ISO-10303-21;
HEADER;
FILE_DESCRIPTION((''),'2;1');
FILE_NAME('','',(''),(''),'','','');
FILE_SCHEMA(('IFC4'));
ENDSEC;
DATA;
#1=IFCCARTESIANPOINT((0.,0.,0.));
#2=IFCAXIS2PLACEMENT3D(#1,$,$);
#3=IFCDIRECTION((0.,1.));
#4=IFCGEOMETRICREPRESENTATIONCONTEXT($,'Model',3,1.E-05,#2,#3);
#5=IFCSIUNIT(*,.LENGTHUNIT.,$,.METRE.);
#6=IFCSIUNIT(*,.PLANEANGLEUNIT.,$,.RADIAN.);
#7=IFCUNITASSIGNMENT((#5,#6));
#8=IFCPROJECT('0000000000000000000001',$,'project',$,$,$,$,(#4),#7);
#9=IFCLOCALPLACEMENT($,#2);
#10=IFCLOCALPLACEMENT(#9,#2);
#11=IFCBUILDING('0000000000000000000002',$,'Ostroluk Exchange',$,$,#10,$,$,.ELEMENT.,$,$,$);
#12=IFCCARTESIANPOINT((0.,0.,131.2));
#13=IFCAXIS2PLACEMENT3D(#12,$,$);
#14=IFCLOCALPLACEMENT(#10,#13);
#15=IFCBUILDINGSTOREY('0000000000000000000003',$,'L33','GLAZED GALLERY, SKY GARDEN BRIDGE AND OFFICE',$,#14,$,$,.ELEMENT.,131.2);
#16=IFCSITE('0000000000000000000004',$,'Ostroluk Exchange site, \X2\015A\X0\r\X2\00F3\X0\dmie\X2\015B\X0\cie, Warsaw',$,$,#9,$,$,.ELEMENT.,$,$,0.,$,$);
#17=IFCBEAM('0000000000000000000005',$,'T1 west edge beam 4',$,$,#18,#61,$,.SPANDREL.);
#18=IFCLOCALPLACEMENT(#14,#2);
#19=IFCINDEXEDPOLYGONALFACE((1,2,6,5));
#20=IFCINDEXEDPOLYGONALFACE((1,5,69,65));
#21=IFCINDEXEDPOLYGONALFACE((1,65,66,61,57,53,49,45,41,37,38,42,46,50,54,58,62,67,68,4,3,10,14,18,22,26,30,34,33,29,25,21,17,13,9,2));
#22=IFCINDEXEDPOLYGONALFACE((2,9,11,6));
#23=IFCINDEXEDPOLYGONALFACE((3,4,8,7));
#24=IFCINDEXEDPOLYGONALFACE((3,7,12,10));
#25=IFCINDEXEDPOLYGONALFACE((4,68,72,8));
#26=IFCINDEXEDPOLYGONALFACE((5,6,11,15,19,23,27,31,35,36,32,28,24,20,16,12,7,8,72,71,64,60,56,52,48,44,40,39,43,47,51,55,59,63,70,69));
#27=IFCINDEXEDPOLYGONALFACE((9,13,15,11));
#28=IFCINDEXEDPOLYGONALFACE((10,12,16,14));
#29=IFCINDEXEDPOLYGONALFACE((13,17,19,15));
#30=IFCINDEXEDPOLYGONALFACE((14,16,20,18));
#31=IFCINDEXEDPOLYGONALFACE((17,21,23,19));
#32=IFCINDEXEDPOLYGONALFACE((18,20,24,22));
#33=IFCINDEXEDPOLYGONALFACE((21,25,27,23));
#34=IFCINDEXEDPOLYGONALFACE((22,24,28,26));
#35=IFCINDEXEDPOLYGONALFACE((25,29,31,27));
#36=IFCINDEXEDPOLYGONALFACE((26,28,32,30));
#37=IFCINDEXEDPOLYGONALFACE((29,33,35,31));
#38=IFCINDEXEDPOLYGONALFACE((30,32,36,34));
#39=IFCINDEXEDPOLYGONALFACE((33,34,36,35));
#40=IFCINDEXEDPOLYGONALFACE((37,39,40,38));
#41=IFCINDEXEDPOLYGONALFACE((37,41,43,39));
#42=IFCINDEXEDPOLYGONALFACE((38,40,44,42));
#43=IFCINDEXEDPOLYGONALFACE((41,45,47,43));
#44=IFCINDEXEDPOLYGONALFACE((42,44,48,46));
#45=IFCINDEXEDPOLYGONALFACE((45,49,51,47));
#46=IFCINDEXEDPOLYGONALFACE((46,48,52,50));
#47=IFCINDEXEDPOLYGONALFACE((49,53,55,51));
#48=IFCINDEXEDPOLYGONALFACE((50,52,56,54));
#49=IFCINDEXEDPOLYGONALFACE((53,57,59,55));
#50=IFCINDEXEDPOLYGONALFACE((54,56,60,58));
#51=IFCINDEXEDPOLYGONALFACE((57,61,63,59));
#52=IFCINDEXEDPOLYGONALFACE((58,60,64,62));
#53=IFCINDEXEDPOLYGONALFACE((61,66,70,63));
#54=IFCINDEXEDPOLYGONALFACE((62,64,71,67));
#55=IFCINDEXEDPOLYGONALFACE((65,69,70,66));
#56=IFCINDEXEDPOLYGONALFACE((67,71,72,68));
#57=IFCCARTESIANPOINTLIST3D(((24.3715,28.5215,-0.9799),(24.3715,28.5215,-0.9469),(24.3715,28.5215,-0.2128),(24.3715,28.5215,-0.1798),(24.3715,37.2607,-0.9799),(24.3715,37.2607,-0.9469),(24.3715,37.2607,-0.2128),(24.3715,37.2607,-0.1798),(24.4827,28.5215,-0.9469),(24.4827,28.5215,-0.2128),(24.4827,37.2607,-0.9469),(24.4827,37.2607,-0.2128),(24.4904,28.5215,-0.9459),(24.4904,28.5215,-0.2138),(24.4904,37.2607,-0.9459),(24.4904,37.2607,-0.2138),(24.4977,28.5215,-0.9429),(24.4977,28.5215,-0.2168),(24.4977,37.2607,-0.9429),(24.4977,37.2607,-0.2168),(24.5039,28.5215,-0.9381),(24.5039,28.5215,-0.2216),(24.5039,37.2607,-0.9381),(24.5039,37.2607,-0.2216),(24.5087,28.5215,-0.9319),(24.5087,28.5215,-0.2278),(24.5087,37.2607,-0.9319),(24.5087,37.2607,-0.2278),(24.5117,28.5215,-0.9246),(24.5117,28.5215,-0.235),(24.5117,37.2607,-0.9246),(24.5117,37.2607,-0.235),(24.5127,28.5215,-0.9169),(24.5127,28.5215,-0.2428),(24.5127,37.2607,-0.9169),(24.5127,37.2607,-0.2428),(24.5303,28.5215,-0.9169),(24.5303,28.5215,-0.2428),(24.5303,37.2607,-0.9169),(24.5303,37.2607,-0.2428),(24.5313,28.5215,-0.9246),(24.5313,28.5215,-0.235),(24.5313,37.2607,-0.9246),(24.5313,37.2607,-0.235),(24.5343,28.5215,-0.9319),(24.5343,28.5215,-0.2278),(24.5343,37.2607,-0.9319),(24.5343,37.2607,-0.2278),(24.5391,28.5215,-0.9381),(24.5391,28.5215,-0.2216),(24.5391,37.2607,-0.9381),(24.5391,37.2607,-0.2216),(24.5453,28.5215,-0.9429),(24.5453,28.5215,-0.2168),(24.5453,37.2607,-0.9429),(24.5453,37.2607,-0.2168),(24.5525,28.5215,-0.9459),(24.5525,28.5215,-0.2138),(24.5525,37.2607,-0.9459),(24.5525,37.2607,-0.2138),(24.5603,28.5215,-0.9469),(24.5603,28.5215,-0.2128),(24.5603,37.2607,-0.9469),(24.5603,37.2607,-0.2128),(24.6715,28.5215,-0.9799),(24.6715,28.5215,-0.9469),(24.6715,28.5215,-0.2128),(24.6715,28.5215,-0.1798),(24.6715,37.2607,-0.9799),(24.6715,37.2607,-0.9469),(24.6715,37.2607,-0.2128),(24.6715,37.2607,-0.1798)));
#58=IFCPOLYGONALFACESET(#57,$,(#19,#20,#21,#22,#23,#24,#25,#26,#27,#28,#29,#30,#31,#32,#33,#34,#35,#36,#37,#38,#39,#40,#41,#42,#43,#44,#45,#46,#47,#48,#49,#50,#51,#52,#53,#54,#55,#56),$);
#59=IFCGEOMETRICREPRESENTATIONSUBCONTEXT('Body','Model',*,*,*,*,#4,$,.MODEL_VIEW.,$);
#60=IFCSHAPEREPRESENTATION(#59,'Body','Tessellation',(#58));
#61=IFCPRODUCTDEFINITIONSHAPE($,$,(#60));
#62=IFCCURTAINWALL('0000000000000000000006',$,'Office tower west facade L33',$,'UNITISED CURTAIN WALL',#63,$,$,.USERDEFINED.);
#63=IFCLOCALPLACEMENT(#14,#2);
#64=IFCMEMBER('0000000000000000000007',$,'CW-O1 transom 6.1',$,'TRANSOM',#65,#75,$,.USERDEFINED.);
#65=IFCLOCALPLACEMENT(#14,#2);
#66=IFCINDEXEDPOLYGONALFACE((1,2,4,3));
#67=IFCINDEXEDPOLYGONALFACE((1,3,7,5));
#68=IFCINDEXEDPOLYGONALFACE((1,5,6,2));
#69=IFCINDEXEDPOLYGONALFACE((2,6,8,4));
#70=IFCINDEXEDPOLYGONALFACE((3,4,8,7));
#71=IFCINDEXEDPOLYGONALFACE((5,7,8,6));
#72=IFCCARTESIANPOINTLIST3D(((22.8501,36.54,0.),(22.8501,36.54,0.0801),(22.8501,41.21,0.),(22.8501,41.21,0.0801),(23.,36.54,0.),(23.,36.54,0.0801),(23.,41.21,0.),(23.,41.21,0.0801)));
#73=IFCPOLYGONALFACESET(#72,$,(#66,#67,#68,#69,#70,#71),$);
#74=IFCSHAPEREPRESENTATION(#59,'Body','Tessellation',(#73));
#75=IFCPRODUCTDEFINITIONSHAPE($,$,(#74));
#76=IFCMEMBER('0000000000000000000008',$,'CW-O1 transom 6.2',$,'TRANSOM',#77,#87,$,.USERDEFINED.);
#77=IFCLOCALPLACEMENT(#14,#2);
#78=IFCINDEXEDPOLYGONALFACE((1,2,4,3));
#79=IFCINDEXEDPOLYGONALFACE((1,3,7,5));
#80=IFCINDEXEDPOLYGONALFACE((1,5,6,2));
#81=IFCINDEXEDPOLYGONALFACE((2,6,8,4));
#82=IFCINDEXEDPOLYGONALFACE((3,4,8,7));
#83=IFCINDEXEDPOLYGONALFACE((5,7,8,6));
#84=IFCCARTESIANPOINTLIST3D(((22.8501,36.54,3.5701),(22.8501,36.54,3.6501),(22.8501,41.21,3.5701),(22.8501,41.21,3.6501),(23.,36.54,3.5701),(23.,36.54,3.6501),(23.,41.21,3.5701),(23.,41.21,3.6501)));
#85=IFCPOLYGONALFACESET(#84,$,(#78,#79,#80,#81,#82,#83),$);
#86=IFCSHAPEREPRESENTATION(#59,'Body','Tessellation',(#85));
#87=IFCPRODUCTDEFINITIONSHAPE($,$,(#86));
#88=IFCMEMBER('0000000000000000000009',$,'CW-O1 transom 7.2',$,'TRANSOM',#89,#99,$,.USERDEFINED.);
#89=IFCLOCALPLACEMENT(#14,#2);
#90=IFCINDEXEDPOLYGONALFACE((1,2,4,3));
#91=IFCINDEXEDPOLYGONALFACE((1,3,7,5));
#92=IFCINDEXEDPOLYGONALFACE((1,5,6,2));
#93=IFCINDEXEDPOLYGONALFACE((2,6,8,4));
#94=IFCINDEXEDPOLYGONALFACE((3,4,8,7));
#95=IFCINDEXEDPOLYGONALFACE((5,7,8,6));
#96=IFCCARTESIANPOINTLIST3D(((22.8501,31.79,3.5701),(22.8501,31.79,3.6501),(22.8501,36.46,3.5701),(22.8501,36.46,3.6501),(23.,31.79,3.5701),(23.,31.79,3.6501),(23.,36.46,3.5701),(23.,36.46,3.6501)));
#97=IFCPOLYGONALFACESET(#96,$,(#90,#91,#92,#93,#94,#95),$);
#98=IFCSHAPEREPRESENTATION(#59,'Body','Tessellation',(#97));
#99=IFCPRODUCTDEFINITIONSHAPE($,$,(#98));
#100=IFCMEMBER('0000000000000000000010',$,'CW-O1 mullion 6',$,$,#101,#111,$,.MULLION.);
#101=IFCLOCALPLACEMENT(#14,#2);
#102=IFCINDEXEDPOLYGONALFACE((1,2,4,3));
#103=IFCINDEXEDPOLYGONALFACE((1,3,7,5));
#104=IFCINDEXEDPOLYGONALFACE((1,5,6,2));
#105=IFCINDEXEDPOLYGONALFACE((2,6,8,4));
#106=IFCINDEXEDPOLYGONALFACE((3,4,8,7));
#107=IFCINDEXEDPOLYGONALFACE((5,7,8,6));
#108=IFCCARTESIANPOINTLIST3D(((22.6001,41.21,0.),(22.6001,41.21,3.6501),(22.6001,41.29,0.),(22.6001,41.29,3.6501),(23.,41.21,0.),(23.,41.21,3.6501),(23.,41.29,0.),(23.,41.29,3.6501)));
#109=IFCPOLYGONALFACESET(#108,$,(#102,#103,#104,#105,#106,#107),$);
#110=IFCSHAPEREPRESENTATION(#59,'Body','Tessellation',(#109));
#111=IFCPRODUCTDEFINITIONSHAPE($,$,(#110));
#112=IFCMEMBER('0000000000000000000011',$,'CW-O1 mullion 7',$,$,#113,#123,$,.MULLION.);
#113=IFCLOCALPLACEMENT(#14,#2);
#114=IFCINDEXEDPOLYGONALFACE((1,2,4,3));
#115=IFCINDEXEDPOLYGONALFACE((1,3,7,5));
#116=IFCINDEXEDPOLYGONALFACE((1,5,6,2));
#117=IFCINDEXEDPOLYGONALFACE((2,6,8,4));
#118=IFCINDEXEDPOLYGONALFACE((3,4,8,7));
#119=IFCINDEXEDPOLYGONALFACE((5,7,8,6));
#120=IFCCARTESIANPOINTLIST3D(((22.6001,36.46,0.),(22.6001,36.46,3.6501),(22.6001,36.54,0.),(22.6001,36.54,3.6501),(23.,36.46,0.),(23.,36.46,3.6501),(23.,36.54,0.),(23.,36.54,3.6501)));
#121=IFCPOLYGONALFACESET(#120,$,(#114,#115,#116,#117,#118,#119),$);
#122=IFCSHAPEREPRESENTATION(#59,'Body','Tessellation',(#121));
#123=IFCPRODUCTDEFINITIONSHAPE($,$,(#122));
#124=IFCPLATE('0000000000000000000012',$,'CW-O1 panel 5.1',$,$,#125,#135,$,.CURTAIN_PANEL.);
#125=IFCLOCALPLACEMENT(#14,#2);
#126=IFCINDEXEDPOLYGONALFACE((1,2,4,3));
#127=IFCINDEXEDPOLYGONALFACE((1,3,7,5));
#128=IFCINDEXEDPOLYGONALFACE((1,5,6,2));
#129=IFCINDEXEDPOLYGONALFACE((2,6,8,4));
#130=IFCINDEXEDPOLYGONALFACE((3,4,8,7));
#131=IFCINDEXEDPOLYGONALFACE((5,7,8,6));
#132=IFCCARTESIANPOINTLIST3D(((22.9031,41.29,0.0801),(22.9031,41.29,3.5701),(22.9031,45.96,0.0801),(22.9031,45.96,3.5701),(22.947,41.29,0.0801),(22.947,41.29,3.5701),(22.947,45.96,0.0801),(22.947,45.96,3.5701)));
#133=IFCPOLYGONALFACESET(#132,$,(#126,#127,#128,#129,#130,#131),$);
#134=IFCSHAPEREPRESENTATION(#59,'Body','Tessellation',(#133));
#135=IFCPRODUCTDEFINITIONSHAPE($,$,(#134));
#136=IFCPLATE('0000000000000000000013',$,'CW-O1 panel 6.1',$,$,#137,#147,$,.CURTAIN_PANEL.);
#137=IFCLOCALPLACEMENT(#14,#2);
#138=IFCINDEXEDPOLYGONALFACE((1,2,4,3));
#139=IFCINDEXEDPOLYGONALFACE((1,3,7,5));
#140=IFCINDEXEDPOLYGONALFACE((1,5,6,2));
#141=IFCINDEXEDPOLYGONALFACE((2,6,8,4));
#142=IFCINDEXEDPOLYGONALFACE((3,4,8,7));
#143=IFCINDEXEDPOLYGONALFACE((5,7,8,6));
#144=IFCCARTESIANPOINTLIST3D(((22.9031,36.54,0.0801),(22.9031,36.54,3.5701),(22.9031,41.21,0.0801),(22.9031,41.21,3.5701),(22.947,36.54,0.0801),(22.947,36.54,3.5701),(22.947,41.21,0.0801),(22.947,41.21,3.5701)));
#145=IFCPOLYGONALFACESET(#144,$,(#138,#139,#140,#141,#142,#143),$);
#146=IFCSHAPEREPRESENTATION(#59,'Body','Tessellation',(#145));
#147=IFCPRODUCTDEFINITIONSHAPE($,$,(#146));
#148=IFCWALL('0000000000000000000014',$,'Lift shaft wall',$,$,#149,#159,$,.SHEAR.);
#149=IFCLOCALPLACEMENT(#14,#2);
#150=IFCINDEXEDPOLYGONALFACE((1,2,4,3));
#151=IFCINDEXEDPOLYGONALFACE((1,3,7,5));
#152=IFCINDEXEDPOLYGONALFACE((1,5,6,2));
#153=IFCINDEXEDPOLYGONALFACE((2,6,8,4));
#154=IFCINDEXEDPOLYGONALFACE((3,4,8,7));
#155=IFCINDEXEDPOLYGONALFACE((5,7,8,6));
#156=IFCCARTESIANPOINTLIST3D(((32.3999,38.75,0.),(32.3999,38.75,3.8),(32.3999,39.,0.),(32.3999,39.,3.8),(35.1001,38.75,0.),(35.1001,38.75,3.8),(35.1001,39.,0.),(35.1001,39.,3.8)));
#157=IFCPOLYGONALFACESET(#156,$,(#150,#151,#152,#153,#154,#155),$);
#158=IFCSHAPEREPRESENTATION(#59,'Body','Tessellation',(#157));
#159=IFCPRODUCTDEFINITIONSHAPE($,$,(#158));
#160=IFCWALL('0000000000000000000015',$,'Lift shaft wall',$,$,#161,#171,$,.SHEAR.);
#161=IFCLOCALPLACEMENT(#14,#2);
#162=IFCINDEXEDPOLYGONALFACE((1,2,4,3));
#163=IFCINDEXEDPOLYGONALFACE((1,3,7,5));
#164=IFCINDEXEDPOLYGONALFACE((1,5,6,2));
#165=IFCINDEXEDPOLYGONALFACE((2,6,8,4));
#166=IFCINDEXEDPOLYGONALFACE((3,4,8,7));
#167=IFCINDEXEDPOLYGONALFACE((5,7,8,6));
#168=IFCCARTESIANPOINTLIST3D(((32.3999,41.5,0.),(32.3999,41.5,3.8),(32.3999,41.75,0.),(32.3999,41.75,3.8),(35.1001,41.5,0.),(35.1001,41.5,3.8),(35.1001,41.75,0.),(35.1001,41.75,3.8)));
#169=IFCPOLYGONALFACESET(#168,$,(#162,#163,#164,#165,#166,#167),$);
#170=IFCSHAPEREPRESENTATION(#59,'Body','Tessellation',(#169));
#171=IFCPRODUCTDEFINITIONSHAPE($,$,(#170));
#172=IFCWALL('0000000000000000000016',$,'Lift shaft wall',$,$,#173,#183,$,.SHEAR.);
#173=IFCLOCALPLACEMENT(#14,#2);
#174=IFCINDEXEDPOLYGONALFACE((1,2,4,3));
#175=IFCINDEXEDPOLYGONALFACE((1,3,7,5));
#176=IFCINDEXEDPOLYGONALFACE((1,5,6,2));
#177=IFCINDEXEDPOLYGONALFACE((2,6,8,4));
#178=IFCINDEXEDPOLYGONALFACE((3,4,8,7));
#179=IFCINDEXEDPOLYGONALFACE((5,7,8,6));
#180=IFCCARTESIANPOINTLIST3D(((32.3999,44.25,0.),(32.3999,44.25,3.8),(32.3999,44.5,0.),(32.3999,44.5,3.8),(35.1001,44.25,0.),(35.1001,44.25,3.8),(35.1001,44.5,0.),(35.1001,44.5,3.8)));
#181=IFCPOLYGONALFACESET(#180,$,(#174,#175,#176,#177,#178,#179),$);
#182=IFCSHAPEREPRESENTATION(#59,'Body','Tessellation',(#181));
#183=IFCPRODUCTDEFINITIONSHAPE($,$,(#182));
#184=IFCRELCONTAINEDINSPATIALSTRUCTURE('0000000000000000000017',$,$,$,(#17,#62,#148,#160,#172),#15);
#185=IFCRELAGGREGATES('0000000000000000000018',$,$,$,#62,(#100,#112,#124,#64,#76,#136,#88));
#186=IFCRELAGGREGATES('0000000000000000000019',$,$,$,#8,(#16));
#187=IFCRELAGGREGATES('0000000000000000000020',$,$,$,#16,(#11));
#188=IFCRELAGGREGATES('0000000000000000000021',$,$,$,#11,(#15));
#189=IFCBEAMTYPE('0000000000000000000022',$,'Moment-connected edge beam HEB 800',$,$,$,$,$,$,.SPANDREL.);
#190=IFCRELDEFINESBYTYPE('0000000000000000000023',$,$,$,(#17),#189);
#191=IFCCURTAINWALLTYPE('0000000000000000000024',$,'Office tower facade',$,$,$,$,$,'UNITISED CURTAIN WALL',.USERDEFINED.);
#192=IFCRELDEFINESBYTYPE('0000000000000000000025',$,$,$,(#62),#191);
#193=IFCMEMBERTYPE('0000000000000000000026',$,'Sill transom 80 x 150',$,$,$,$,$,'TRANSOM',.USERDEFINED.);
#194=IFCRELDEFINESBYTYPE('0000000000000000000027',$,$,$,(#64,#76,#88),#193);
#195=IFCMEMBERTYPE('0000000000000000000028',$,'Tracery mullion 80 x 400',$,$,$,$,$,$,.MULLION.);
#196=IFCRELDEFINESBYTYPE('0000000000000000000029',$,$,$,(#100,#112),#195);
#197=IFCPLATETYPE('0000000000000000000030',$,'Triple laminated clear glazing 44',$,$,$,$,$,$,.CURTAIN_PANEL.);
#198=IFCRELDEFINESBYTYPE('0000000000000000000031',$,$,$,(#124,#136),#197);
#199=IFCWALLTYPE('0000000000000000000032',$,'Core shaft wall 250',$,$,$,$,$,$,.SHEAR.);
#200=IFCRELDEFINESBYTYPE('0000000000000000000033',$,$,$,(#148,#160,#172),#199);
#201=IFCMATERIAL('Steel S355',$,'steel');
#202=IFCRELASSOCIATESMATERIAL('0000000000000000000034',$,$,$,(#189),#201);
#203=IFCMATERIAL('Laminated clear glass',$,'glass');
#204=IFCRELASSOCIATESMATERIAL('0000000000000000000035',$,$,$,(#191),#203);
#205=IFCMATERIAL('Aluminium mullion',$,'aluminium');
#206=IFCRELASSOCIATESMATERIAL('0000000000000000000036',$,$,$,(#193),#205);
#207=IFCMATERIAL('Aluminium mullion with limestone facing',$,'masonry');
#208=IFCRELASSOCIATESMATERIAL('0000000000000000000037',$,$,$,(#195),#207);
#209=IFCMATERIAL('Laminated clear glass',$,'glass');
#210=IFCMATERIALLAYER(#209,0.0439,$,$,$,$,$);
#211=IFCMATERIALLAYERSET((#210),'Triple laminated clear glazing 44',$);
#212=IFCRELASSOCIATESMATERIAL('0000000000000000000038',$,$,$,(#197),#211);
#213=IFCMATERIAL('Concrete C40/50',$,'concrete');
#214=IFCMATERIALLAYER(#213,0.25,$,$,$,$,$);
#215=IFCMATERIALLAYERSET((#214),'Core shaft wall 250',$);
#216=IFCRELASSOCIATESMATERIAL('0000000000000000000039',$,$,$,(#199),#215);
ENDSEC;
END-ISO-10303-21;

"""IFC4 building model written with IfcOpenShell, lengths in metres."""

from ifc_helpers import new_model, si_unit, direction, frame, frame_2d, origin, origin_2d, place, context, subcontext, project, spatial, rectangle, i_section, extrude, material, layer, layer_set, material_profile, profile_set, type_object, element, aggregate, save


model = new_model("IFC4")

# Units and contexts
model_context = context("Model", 3, precision=1e-05, world=origin(), true_north=direction((0.0, 1.0)))
body_context = subcontext(model_context, "Body", "Model", "MODEL_VIEW")
ifc_project = project(units=[si_unit("LENGTHUNIT", "METRE"), si_unit("PLANEANGLEUNIT", "RADIAN")], contexts=[model_context])

# Site, building, storey
site_placement = place(None, origin())
site = spatial("IfcSite", under=ifc_project, at=site_placement, Name="Ostroluk Exchange site, Śródmieście, Warsaw", CompositionType="ELEMENT", RefElevation=0.0)
building_placement = place(site_placement, origin())
building = spatial("IfcBuilding", under=site, at=building_placement, Name="Ostroluk Exchange", CompositionType="ELEMENT")
storey_placement = place(building_placement, frame((0.0, 0.0, 131.2)))
storey = spatial("IfcBuildingStorey", under=building, at=storey_placement, Name="L33", Description="GLAZED GALLERY, SKY GARDEN BRIDGE AND OFFICE", CompositionType="ELEMENT", Elevation=131.2)

# Beam
ifc_material_1 = material(Name="Steel S355", Category="steel")
ifc_material_profile_1 = material_profile(ifc_material_1, i_section(OverallWidth=0.3, OverallDepth=0.8, WebThickness=0.0176, FlangeThickness=0.033, FilletRadius=0.03, at=origin_2d()), Name="HEB 800")
ifc_profile_set_1 = profile_set([ifc_material_profile_1], Name="Steel S355")
beam_type_1 = type_object("IfcBeamType", Name="Moment-connected edge beam HEB 800", PredefinedType="SPANDREL", material=ifc_profile_set_1)
beam_1_placement = place(storey_placement, frame((24.5215, 37.2607, -0.5798), z_axis=(0.0, -1.0, 0.0), x_axis=(1.0, 0.0, 0.0)))
element("IfcBeam", 1, at=beam_1_placement, inside=storey, type_object=beam_type_1, Name="T1 west edge beam 4", PredefinedType="SPANDREL", context=body_context, shape_type="SweptSolid", body=[
    extrude(i_section(OverallWidth=0.3, OverallDepth=0.8, WebThickness=0.0176, FlangeThickness=0.033, FilletRadius=0.03, at=origin_2d()), origin(), (0.0, 0.0, 1.0), 8.7393),
])

# Curtain wall, members, plates
ifc_material_2 = material(Name="Laminated clear glass", Category="glass")
curtain_wall_type = type_object("IfcCurtainWallType", Name="Office tower facade", ElementType="UNITISED CURTAIN WALL", PredefinedType="USERDEFINED", material=ifc_material_2)
curtain_wall_placement = place(storey_placement, origin())
curtain_wall = element("IfcCurtainWall", 2, at=curtain_wall_placement, inside=storey, type_object=curtain_wall_type, Name="Office tower west facade L33", ObjectType="UNITISED CURTAIN WALL", PredefinedType="USERDEFINED")
ifc_material_3 = material(Name="Aluminium mullion", Category="aluminium")
ifc_material_profile_2 = material_profile(ifc_material_3, rectangle(XDim=0.1499, YDim=0.0801, at=origin_2d()), Name="Sill transom 80 x 150")
ifc_profile_set_2 = profile_set([ifc_material_profile_2], Name="Aluminium mullion")
member_type_1 = type_object("IfcMemberType", Name="Sill transom 80 x 150", ElementType="TRANSOM", PredefinedType="USERDEFINED", material=ifc_profile_set_2)
member_1_placement = place(storey_placement, frame((22.925, 41.21, 0.04), z_axis=(0.0, -1.0, 0.0), x_axis=(1.0, 0.0, 0.0)))
member_1 = element("IfcMember", 3, at=member_1_placement, type_object=member_type_1, Name="CW-O1 transom 6.1", ObjectType="TRANSOM", PredefinedType="USERDEFINED", context=body_context, shape_type="SweptSolid", body=[
    extrude(rectangle(XDim=0.1499, YDim=0.0801, at=origin_2d()), origin(), (0.0, 0.0, 1.0), 4.6699),
])
member_2_placement = place(storey_placement, frame((22.925, 41.21, 3.6101), z_axis=(0.0, -1.0, 0.0), x_axis=(1.0, 0.0, 0.0)))
member_2 = element("IfcMember", 4, at=member_2_placement, type_object=member_type_1, Name="CW-O1 transom 6.2", ObjectType="TRANSOM", PredefinedType="USERDEFINED", context=body_context, shape_type="SweptSolid", body=[
    extrude(rectangle(XDim=0.1499, YDim=0.0801, at=origin_2d()), origin(), (0.0, 0.0, 1.0), 4.6699),
])
member_3_placement = place(storey_placement, frame((22.925, 36.46, 3.6101), z_axis=(0.0, -1.0, 0.0), x_axis=(1.0, 0.0, 0.0)))
member_3 = element("IfcMember", 5, at=member_3_placement, type_object=member_type_1, Name="CW-O1 transom 7.2", ObjectType="TRANSOM", PredefinedType="USERDEFINED", context=body_context, shape_type="SweptSolid", body=[
    extrude(rectangle(XDim=0.1499, YDim=0.0801, at=origin_2d()), origin(), (0.0, 0.0, 1.0), 4.6699),
])
ifc_material_4 = material(Name="Aluminium mullion with limestone facing", Category="masonry")
ifc_material_profile_3 = material_profile(ifc_material_4, rectangle(XDim=0.3999, YDim=0.0801, at=origin_2d()), Name="Tracery mullion 80 x 400")
ifc_profile_set_3 = profile_set([ifc_material_profile_3], Name="Aluminium mullion with limestone facing")
member_type_2 = type_object("IfcMemberType", Name="Tracery mullion 80 x 400", PredefinedType="MULLION", material=ifc_profile_set_3)
member_4_placement = place(storey_placement, frame((22.8, 41.25, 0.0), z_axis=(0.0, 0.0, 1.0), x_axis=(1.0, 0.0, 0.0)))
member_4 = element("IfcMember", 6, at=member_4_placement, type_object=member_type_2, Name="CW-O1 mullion 6", PredefinedType="MULLION", context=body_context, shape_type="SweptSolid", body=[
    extrude(rectangle(XDim=0.3999, YDim=0.0801, at=origin_2d()), origin(), (0.0, 0.0, 1.0), 3.6501),
])
member_5_placement = place(storey_placement, frame((22.8, 36.5, 0.0), z_axis=(0.0, 0.0, 1.0), x_axis=(1.0, 0.0, 0.0)))
member_5 = element("IfcMember", 7, at=member_5_placement, type_object=member_type_2, Name="CW-O1 mullion 7", PredefinedType="MULLION", context=body_context, shape_type="SweptSolid", body=[
    extrude(rectangle(XDim=0.3999, YDim=0.0801, at=origin_2d()), origin(), (0.0, 0.0, 1.0), 3.6501),
])
ifc_material_5 = material(Name="Laminated clear glass", Category="glass")
ifc_layer_1 = layer(ifc_material_5, 0.0439)
ifc_layer_set_1 = layer_set([ifc_layer_1], Name="Triple laminated clear glazing 44")
plate_type = type_object("IfcPlateType", Name="Triple laminated clear glazing 44", PredefinedType="CURTAIN_PANEL", material=ifc_layer_set_1)
plate_1_placement = place(storey_placement, frame((22.925, 43.625, 0.0801), z_axis=(0.0, 0.0, 1.0), x_axis=(0.0, -1.0, 0.0)))
plate_1 = element("IfcPlate", 8, at=plate_1_placement, type_object=plate_type, Name="CW-O1 panel 5.1", PredefinedType="CURTAIN_PANEL", context=body_context, shape_type="SweptSolid", body=[
    extrude(rectangle(XDim=4.6699, YDim=0.0439, at=origin_2d()), origin(), (0.0, 0.0, 1.0), 3.49),
])
plate_2_placement = place(storey_placement, frame((22.925, 38.875, 0.0801), z_axis=(0.0, 0.0, 1.0), x_axis=(0.0, -1.0, 0.0)))
plate_2 = element("IfcPlate", 9, at=plate_2_placement, type_object=plate_type, Name="CW-O1 panel 6.1", PredefinedType="CURTAIN_PANEL", context=body_context, shape_type="SweptSolid", body=[
    extrude(rectangle(XDim=4.6699, YDim=0.0439, at=origin_2d()), origin(), (0.0, 0.0, 1.0), 3.49),
])
aggregate(curtain_wall, [member_4, member_5, plate_1, member_1, member_2, plate_2, member_3])

# Walls
ifc_material_6 = material(Name="Concrete C40/50", Category="concrete")
ifc_layer_2 = layer(ifc_material_6, 0.25)
ifc_layer_set_2 = layer_set([ifc_layer_2], Name="Core shaft wall 250")
wall_type_1 = type_object("IfcWallType", Name="Core shaft wall 250", PredefinedType="SHEAR", material=ifc_layer_set_2)
for number, where, z_axis, x_axis, name in (
    (10, (32.3999, 38.875, 0.0), (0.0, 0.0, 1.0), (1.0, 0.0, 0.0), "Lift shaft wall"),
    (11, (32.3999, 41.625, 0.0), (0.0, 0.0, 1.0), (1.0, 0.0, 0.0), "Lift shaft wall"),
    (12, (32.3999, 44.375, 0.0), (0.0, 0.0, 1.0), (1.0, 0.0, 0.0), "Lift shaft wall"),
):
    element("IfcWall", number, at=place(storey_placement, frame(where, z_axis=z_axis, x_axis=x_axis)), inside=storey, type_object=wall_type_1, Name=name, PredefinedType="SHEAR", context=body_context, shape_type="SweptSolid", body=[
        extrude(rectangle(XDim=2.7002, YDim=0.25, at=frame_2d((1.3501, 0.0))), origin(), (0.0, 0.0, 1.0), 3.8),
    ])

save(model, "model.ifc")
